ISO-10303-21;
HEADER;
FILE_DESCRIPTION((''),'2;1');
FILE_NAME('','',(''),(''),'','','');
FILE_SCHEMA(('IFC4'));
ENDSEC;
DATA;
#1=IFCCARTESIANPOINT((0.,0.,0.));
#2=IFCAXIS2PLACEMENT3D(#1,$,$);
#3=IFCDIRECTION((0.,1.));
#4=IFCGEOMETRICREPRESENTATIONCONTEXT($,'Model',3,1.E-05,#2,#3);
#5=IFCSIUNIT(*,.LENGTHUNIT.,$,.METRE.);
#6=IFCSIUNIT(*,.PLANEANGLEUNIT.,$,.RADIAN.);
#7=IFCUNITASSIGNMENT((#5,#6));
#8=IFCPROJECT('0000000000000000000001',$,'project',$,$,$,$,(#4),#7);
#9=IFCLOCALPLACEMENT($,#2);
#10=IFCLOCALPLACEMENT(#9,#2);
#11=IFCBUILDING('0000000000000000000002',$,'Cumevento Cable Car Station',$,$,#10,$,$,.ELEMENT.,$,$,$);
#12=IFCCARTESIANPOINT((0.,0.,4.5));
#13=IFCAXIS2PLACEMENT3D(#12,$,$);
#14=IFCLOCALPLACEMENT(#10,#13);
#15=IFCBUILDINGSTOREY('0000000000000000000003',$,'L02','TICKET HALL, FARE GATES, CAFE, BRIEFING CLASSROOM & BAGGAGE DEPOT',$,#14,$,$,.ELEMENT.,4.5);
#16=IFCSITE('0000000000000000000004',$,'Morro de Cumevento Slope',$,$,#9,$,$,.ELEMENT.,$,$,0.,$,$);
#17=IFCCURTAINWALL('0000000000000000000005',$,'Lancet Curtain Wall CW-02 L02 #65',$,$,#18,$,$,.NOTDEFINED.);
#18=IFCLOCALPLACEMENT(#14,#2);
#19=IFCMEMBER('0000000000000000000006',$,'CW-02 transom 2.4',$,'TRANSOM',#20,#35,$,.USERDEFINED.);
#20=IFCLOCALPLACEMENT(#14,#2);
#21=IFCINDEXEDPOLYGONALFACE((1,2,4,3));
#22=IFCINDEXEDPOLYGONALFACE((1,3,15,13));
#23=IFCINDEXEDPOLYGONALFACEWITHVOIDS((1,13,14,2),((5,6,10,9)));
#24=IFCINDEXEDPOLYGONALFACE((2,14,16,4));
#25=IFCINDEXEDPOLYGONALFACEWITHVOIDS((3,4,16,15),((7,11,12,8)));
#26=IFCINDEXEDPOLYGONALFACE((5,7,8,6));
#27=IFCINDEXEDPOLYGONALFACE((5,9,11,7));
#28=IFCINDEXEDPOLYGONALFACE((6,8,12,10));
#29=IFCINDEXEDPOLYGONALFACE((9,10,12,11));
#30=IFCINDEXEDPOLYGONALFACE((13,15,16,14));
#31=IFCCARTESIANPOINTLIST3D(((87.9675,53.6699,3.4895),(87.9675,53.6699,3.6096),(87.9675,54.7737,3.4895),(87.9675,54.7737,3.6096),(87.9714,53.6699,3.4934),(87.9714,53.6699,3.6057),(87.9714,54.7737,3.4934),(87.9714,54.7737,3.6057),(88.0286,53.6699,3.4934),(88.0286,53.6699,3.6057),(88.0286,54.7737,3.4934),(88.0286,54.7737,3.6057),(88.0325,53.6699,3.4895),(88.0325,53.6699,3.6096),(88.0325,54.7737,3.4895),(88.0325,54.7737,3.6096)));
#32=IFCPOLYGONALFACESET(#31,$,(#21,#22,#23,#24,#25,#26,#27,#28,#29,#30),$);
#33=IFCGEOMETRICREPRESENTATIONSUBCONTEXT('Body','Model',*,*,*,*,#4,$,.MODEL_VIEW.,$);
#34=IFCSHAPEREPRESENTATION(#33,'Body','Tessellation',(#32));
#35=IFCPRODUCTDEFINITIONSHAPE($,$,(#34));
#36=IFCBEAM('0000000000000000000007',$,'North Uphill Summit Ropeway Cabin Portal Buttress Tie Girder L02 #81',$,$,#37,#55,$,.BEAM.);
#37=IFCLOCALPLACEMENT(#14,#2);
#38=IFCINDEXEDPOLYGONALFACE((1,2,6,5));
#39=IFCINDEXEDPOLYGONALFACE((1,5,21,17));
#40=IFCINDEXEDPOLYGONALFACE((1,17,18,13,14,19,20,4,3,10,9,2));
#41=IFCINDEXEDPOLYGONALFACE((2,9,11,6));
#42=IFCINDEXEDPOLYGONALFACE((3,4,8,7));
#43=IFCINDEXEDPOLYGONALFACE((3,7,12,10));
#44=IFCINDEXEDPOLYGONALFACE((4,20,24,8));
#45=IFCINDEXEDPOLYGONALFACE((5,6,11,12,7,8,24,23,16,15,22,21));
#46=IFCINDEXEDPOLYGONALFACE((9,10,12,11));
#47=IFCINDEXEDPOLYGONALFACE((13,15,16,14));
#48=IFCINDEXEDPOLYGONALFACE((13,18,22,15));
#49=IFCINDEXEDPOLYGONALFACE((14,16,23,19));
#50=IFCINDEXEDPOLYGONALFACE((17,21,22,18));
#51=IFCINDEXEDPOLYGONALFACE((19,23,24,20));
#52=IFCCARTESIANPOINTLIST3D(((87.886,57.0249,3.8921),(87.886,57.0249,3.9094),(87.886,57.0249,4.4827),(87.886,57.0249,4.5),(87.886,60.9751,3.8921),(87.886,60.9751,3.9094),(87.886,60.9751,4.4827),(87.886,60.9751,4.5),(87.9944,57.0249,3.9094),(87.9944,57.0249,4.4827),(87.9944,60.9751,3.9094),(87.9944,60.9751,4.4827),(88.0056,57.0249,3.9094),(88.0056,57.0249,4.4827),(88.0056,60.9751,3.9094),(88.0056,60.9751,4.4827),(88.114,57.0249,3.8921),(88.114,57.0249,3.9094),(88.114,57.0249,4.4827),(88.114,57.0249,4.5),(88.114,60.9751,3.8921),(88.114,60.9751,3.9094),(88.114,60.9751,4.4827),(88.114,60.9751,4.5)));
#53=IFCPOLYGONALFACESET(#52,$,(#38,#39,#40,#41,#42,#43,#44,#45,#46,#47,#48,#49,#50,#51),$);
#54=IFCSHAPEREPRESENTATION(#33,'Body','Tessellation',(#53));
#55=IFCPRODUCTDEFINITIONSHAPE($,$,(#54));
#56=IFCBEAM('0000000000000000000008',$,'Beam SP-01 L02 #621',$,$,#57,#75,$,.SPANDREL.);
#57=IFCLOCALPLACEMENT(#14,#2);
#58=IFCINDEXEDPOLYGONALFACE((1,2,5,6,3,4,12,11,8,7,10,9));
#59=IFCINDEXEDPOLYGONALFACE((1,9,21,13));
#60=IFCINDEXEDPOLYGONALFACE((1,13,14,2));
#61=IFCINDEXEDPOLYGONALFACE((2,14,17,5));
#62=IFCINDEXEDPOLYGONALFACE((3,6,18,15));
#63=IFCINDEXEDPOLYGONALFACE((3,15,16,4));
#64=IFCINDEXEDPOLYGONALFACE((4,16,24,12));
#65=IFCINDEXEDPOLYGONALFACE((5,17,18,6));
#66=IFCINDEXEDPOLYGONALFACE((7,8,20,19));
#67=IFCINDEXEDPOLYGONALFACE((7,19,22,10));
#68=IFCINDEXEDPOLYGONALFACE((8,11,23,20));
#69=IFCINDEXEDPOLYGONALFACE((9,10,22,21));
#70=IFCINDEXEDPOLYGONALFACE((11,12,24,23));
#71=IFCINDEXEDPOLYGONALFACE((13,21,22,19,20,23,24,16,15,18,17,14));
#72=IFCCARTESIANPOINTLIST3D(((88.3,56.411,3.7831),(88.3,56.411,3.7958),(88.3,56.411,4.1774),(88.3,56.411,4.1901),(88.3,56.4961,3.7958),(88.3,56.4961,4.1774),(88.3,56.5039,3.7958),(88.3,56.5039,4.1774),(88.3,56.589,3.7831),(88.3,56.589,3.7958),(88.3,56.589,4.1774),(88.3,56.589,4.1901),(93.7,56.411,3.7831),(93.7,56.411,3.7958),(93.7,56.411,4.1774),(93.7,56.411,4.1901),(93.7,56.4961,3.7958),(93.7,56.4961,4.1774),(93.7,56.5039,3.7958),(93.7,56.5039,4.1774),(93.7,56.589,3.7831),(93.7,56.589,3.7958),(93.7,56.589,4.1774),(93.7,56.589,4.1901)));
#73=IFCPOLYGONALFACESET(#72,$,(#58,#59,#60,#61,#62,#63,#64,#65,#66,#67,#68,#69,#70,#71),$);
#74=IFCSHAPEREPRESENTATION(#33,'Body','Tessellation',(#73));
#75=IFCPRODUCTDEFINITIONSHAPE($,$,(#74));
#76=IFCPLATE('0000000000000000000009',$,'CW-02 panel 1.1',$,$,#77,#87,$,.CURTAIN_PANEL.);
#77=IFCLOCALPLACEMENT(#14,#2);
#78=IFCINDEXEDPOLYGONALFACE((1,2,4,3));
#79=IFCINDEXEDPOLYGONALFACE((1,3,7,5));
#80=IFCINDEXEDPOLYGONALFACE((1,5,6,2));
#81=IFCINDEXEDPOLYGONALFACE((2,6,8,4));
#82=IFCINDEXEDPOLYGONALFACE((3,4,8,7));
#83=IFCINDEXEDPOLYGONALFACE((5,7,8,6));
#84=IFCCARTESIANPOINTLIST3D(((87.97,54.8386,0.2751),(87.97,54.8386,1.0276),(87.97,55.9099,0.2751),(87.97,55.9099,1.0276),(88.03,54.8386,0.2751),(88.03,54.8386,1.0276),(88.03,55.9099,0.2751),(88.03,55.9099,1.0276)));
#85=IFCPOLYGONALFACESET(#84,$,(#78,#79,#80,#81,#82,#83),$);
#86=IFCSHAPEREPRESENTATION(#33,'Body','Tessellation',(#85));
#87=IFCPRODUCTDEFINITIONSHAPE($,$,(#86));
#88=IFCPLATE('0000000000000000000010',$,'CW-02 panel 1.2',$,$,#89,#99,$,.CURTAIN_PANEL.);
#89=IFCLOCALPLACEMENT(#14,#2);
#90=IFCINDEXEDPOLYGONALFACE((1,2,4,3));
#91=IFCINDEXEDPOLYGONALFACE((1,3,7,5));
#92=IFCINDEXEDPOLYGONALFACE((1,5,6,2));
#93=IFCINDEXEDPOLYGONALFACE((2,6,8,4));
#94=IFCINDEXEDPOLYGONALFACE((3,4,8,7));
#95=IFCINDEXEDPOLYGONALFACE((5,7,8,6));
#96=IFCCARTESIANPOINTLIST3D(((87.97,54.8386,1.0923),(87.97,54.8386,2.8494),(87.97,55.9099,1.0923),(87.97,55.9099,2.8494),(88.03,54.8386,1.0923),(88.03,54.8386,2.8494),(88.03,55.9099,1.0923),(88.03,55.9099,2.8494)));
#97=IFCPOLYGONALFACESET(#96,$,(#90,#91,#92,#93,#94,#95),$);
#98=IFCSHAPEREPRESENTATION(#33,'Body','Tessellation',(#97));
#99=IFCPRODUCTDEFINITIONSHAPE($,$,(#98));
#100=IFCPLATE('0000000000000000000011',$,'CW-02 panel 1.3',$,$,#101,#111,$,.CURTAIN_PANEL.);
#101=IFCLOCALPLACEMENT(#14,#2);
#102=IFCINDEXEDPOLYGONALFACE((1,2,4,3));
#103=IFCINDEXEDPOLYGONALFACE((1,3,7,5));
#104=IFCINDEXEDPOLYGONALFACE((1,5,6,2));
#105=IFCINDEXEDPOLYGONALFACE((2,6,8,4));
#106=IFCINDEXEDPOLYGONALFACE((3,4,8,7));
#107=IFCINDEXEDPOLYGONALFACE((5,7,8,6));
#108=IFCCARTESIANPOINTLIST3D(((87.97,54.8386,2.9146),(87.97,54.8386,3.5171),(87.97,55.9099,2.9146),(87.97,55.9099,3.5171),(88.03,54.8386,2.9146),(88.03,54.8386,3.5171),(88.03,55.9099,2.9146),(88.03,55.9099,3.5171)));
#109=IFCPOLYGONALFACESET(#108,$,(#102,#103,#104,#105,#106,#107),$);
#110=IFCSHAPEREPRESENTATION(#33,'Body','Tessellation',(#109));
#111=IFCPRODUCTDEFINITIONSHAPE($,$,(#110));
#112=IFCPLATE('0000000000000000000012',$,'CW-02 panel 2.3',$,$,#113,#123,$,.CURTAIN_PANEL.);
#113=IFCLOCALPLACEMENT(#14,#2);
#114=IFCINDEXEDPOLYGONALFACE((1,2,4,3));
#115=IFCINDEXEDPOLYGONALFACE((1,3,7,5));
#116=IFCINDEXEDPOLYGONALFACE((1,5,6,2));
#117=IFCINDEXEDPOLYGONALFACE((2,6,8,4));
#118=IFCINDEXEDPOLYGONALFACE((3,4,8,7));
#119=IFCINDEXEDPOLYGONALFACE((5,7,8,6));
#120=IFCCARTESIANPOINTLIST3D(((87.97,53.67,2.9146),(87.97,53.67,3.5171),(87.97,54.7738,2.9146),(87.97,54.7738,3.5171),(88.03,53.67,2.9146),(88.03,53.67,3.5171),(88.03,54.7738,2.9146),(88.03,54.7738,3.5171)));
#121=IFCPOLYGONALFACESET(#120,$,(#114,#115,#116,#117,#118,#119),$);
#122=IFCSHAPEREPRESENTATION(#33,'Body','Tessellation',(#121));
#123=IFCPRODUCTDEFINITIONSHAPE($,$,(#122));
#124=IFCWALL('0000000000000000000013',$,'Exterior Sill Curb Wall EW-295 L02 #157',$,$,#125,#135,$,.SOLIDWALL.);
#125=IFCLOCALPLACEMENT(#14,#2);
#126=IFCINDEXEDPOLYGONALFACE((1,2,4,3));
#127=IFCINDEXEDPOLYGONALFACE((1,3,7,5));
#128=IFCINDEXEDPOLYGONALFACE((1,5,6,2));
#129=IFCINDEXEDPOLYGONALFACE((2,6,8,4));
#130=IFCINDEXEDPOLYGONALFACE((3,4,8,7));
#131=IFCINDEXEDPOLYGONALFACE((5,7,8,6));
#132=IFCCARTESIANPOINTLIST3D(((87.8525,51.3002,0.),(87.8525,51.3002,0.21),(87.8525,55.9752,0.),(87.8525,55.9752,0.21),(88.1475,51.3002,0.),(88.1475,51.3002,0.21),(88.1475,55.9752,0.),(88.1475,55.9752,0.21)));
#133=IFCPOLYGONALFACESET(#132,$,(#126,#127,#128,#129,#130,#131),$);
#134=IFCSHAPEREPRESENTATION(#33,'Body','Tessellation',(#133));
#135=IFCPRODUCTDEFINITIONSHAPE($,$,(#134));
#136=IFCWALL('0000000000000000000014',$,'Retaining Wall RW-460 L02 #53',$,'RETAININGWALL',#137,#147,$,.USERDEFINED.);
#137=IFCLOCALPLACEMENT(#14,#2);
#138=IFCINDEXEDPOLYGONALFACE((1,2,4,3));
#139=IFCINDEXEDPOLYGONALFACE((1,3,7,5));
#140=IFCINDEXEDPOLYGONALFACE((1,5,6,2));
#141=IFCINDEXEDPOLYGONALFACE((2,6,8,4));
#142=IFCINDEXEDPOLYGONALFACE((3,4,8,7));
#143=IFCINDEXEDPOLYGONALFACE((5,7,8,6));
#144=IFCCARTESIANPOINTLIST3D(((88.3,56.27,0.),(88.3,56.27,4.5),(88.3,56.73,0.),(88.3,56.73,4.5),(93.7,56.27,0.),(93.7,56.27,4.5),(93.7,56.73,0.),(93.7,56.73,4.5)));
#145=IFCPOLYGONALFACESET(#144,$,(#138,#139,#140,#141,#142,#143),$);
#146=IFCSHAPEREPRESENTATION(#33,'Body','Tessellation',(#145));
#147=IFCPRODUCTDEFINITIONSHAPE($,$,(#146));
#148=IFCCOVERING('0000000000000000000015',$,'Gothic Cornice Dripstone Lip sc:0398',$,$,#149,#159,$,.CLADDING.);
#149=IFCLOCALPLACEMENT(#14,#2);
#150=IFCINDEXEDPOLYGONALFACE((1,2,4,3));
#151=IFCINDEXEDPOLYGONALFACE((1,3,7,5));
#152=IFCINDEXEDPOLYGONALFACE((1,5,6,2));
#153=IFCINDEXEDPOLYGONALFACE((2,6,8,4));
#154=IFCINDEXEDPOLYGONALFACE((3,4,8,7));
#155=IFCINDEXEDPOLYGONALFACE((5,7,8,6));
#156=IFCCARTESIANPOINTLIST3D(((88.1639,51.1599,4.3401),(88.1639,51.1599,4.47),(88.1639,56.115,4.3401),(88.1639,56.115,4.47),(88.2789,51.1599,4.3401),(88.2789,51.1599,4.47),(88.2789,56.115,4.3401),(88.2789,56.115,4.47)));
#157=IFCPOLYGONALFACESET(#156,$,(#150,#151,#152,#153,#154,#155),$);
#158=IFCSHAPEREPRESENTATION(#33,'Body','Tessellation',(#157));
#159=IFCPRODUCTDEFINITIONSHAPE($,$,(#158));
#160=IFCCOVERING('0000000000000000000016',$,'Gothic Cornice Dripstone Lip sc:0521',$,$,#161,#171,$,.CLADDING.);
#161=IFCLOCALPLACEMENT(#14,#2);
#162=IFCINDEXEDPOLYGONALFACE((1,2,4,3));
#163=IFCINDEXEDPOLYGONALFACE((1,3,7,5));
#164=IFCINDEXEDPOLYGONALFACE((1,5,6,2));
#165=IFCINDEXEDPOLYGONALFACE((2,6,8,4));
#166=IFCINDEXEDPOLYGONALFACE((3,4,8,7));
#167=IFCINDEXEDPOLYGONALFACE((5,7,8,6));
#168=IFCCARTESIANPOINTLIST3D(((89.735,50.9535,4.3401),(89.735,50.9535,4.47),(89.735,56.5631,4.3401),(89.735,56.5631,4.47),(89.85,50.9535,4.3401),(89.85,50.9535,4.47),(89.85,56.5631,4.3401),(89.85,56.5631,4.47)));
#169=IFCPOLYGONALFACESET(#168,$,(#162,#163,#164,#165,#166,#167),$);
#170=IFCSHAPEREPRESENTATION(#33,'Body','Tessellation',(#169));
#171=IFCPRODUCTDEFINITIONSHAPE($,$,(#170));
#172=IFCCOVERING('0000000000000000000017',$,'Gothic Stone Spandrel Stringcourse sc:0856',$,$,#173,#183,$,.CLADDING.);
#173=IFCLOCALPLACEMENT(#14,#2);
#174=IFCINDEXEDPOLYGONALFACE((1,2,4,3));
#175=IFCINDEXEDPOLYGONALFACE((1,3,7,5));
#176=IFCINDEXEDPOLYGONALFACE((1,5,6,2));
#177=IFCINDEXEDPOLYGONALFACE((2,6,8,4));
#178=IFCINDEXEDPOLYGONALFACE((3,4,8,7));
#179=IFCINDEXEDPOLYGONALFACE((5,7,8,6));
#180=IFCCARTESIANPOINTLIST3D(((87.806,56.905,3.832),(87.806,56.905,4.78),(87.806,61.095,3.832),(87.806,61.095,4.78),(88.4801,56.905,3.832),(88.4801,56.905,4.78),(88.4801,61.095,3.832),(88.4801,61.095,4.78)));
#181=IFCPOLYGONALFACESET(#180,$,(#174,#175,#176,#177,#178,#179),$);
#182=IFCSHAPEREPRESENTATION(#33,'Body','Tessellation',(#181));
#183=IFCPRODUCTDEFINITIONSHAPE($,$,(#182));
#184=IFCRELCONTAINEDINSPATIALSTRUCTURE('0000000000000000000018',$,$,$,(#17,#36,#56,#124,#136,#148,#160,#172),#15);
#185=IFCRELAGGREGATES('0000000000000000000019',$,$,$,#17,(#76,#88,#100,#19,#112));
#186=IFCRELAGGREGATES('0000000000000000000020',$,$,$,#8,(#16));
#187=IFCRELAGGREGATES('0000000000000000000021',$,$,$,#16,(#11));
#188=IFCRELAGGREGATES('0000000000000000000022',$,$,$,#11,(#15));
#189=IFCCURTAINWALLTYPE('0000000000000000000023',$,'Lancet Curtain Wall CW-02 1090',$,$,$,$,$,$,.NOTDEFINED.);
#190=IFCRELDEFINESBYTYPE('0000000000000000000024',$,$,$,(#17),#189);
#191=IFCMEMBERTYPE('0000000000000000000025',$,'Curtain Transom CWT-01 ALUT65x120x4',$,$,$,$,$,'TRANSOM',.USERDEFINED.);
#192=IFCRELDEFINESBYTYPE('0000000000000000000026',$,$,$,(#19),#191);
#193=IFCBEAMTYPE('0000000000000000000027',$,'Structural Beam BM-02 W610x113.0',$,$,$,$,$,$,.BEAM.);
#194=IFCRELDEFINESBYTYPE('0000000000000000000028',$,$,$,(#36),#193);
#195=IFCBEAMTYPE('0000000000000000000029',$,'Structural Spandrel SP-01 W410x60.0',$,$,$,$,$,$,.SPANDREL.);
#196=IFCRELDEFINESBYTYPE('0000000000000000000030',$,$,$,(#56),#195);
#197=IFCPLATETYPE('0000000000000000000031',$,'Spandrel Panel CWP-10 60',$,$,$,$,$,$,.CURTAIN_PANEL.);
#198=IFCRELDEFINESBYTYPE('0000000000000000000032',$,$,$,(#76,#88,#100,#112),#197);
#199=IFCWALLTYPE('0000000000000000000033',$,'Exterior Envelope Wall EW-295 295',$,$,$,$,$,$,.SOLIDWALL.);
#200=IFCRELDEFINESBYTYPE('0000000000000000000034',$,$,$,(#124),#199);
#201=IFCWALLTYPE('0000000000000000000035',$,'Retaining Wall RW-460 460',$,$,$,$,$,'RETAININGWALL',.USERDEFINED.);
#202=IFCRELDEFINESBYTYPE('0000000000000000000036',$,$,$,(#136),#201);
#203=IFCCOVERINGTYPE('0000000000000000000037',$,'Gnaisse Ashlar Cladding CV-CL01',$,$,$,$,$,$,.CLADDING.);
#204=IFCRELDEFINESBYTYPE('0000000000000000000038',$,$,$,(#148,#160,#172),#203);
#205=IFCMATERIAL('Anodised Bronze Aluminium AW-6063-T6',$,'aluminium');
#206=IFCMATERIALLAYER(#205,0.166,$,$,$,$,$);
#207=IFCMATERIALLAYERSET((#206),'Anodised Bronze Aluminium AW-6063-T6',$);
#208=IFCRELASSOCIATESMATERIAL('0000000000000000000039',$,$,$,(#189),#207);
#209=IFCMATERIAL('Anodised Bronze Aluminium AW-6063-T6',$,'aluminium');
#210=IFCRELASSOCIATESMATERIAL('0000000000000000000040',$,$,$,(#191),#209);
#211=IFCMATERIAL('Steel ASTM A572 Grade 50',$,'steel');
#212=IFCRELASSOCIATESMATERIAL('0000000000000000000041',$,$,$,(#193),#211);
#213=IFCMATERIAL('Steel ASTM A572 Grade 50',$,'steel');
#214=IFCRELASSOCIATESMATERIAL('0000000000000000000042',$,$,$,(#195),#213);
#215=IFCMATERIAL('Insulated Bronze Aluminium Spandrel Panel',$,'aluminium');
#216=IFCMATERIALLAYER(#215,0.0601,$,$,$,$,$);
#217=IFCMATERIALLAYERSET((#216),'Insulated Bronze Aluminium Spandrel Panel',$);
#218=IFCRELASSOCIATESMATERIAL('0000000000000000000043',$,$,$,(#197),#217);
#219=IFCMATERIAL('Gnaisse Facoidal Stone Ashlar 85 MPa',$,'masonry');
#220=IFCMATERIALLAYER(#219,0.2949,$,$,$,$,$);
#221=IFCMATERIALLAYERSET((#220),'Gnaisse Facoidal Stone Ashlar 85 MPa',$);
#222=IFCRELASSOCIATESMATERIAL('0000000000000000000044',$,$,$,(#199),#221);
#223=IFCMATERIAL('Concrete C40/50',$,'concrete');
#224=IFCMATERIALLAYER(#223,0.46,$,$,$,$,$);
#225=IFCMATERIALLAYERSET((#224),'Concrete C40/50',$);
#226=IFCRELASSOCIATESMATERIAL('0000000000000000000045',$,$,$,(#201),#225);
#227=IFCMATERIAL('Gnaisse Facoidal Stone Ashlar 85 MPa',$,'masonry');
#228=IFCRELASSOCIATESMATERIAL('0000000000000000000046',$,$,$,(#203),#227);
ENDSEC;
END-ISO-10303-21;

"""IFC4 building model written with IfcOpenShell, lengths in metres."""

from ifc_helpers import new_model, si_unit, direction, frame, frame_2d, origin, origin_2d, place, context, subcontext, project, spatial, rectangle, hollow_rectangle, i_section, extrude, material, layer, layer_set, material_profile, profile_set, type_object, element, aggregate, save


model = new_model("IFC4")

# Units and contexts
model_context = context("Model", 3, precision=1e-05, world=origin(), true_north=direction((0.0, 1.0)))
body_context = subcontext(model_context, "Body", "Model", "MODEL_VIEW")
ifc_project = project(units=[si_unit("LENGTHUNIT", "METRE"), si_unit("PLANEANGLEUNIT", "RADIAN")], contexts=[model_context])

# Site, building, storey
site_placement = place(None, origin())
site = spatial("IfcSite", under=ifc_project, at=site_placement, Name="Morro de Cumevento Slope", CompositionType="ELEMENT", RefElevation=0.0)
building_placement = place(site_placement, origin())
building = spatial("IfcBuilding", under=site, at=building_placement, Name="Cumevento Cable Car Station", CompositionType="ELEMENT")
storey_placement = place(building_placement, frame((0.0, 0.0, 4.5)))
storey = spatial("IfcBuildingStorey", under=building, at=storey_placement, Name="L02", Description="TICKET HALL, FARE GATES, CAFE, BRIEFING CLASSROOM & BAGGAGE DEPOT", CompositionType="ELEMENT", Elevation=4.5)

# Curtain wall, member
ifc_material_1 = material(Name="Anodised Bronze Aluminium AW-6063-T6", Category="aluminium")
ifc_layer_1 = layer(ifc_material_1, 0.166)
ifc_layer_set_1 = layer_set([ifc_layer_1], Name="Anodised Bronze Aluminium AW-6063-T6")
curtain_wall_type = type_object("IfcCurtainWallType", Name="Lancet Curtain Wall CW-02 1090", PredefinedType="NOTDEFINED", material=ifc_layer_set_1)
curtain_wall_placement = place(storey_placement, origin())
curtain_wall = element("IfcCurtainWall", 1, at=curtain_wall_placement, inside=storey, type_object=curtain_wall_type, Name="Lancet Curtain Wall CW-02 L02 #65", PredefinedType="NOTDEFINED")
ifc_material_2 = material(Name="Anodised Bronze Aluminium AW-6063-T6", Category="aluminium")
ifc_material_profile_1 = material_profile(ifc_material_2, hollow_rectangle(XDim=0.0649, YDim=0.1201, WallThickness=0.0039, at=origin_2d()), Name="ALUT65x120x4")
ifc_profile_set_1 = profile_set([ifc_material_profile_1], Name="Anodised Bronze Aluminium AW-6063-T6")
member_type_1 = type_object("IfcMemberType", Name="Curtain Transom CWT-01 ALUT65x120x4", ElementType="TRANSOM", PredefinedType="USERDEFINED", material=ifc_profile_set_1)
member_1_placement = place(storey_placement, frame((88.0, 54.7737, 3.5496), z_axis=(0.0, -1.0, 0.0), x_axis=(1.0, 0.0, 0.0)))
member_1 = element("IfcMember", 2, at=member_1_placement, type_object=member_type_1, Name="CW-02 transom 2.4", ObjectType="TRANSOM", PredefinedType="USERDEFINED", context=body_context, shape_type="SweptSolid", body=[
    extrude(hollow_rectangle(XDim=0.0649, YDim=0.1201, WallThickness=0.0039, at=origin_2d()), origin(), (0.0, 0.0, 1.0), 1.1038),
])

# Beams
ifc_material_3 = material(Name="Steel ASTM A572 Grade 50", Category="steel")
ifc_material_profile_2 = material_profile(ifc_material_3, i_section(OverallWidth=0.228, OverallDepth=0.6079, WebThickness=0.0112, FlangeThickness=0.0173, at=origin_2d()), Name="W610x113.0")
ifc_profile_set_2 = profile_set([ifc_material_profile_2], Name="Steel ASTM A572 Grade 50")
beam_type_1 = type_object("IfcBeamType", Name="Structural Beam BM-02 W610x113.0", PredefinedType="BEAM", material=ifc_profile_set_2)
beam_1_placement = place(storey_placement, frame((88.0, 57.0249, 4.196), z_axis=(0.0, 1.0, 0.0), x_axis=(-1.0, 0.0, 0.0)))
element("IfcBeam", 3, at=beam_1_placement, inside=storey, type_object=beam_type_1, Name="North Uphill Summit Ropeway Cabin Portal Buttress Tie Girder L02 #81", PredefinedType="BEAM", context=body_context, shape_type="SweptSolid", body=[
    extrude(i_section(OverallWidth=0.228, OverallDepth=0.6079, WebThickness=0.0112, FlangeThickness=0.0173, at=origin_2d()), origin(), (0.0, 0.0, 1.0), 3.9502),
])
ifc_material_4 = material(Name="Steel ASTM A572 Grade 50", Category="steel")
ifc_material_profile_3 = material_profile(ifc_material_4, i_section(OverallWidth=0.178, OverallDepth=0.407, WebThickness=0.0078, FlangeThickness=0.0127, at=origin_2d()), Name="W410x60.0")
ifc_profile_set_3 = profile_set([ifc_material_profile_3], Name="Steel ASTM A572 Grade 50")
beam_type_2 = type_object("IfcBeamType", Name="Structural Spandrel SP-01 W410x60.0", PredefinedType="SPANDREL", material=ifc_profile_set_3)
beam_2_placement = place(storey_placement, frame((88.3, 56.5, 3.9866), z_axis=(1.0, 0.0, 0.0), x_axis=(0.0, 1.0, 0.0)))
element("IfcBeam", 4, at=beam_2_placement, inside=storey, type_object=beam_type_2, Name="Beam SP-01 L02 #621", PredefinedType="SPANDREL", context=body_context, shape_type="SweptSolid", body=[
    extrude(i_section(OverallWidth=0.178, OverallDepth=0.407, WebThickness=0.0078, FlangeThickness=0.0127, at=origin_2d()), origin(), (0.0, 0.0, 1.0), 5.3999),
])

# Plates
ifc_material_5 = material(Name="Insulated Bronze Aluminium Spandrel Panel", Category="aluminium")
ifc_layer_2 = layer(ifc_material_5, 0.0601)
ifc_layer_set_2 = layer_set([ifc_layer_2], Name="Insulated Bronze Aluminium Spandrel Panel")
plate_type = type_object("IfcPlateType", Name="Spandrel Panel CWP-10 60", PredefinedType="CURTAIN_PANEL", material=ifc_layer_set_2)
plate_1_placement = place(storey_placement, frame((88.0, 55.3743, 0.2751), z_axis=(0.0, 0.0, 1.0), x_axis=(0.0, -1.0, 0.0)))
plate_1 = element("IfcPlate", 5, at=plate_1_placement, type_object=plate_type, Name="CW-02 panel 1.1", PredefinedType="CURTAIN_PANEL", context=body_context, shape_type="SweptSolid", body=[
    extrude(rectangle(XDim=1.0713, YDim=0.0601, at=origin_2d()), origin(), (0.0, 0.0, 1.0), 0.7524),
])
plate_2_placement = place(storey_placement, frame((88.0, 55.3743, 1.0923), z_axis=(0.0, 0.0, 1.0), x_axis=(0.0, -1.0, 0.0)))
plate_2 = element("IfcPlate", 6, at=plate_2_placement, type_object=plate_type, Name="CW-02 panel 1.2", PredefinedType="CURTAIN_PANEL", context=body_context, shape_type="SweptSolid", body=[
    extrude(rectangle(XDim=1.0713, YDim=0.0601, at=origin_2d()), origin(), (0.0, 0.0, 1.0), 1.7571),
])
plate_3_placement = place(storey_placement, frame((88.0, 55.3743, 2.9146), z_axis=(0.0, 0.0, 1.0), x_axis=(0.0, -1.0, 0.0)))
plate_3 = element("IfcPlate", 7, at=plate_3_placement, type_object=plate_type, Name="CW-02 panel 1.3", PredefinedType="CURTAIN_PANEL", context=body_context, shape_type="SweptSolid", body=[
    extrude(rectangle(XDim=1.0713, YDim=0.0601, at=origin_2d()), origin(), (0.0, 0.0, 1.0), 0.6025),
])
plate_4_placement = place(storey_placement, frame((88.0, 54.2219, 2.9146), z_axis=(0.0, 0.0, 1.0), x_axis=(0.0, -1.0, 0.0)))
plate_4 = element("IfcPlate", 8, at=plate_4_placement, type_object=plate_type, Name="CW-02 panel 2.3", PredefinedType="CURTAIN_PANEL", context=body_context, shape_type="SweptSolid", body=[
    extrude(rectangle(XDim=1.1038, YDim=0.0601, at=origin_2d()), origin(), (0.0, 0.0, 1.0), 0.6025),
])
aggregate(curtain_wall, [plate_1, plate_2, plate_3, member_1, plate_4])

# Walls
ifc_material_6 = material(Name="Gnaisse Facoidal Stone Ashlar 85 MPa", Category="masonry")
ifc_layer_3 = layer(ifc_material_6, 0.2949)
ifc_layer_set_3 = layer_set([ifc_layer_3], Name="Gnaisse Facoidal Stone Ashlar 85 MPa")
wall_type_1 = type_object("IfcWallType", Name="Exterior Envelope Wall EW-295 295", PredefinedType="SOLIDWALL", material=ifc_layer_set_3)
wall_1_placement = place(storey_placement, frame((88.0, 55.9751, 0.0), z_axis=(0.0, 0.0, 1.0), x_axis=(0.0, -1.0, 0.0)))
element("IfcWall", 9, at=wall_1_placement, inside=storey, type_object=wall_type_1, Name="Exterior Sill Curb Wall EW-295 L02 #157", PredefinedType="SOLIDWALL", context=body_context, shape_type="SweptSolid", body=[
    extrude(rectangle(XDim=4.675, YDim=0.2949, at=frame_2d((2.3374, 0.0))), origin(), (0.0, 0.0, 1.0), 0.21),
])
ifc_material_7 = material(Name="Concrete C40/50", Category="concrete")
ifc_layer_4 = layer(ifc_material_7, 0.46)
ifc_layer_set_4 = layer_set([ifc_layer_4], Name="Concrete C40/50")
wall_type_2 = type_object("IfcWallType", Name="Retaining Wall RW-460 460", ElementType="RETAININGWALL", PredefinedType="USERDEFINED", material=ifc_layer_set_4)
wall_2_placement = place(storey_placement, frame((88.3, 56.5, 0.0), z_axis=(0.0, 0.0, 1.0), x_axis=(1.0, 0.0, 0.0)))
element("IfcWall", 10, at=wall_2_placement, inside=storey, type_object=wall_type_2, Name="Retaining Wall RW-460 L02 #53", ObjectType="RETAININGWALL", PredefinedType="USERDEFINED", context=body_context, shape_type="SweptSolid", body=[
    extrude(rectangle(XDim=5.3999, YDim=0.46, at=frame_2d((2.7, 0.0))), origin(), (0.0, 0.0, 1.0), 4.5),
])

# Coverings
ifc_material_8 = material(Name="Gnaisse Facoidal Stone Ashlar 85 MPa", Category="masonry")
covering_type = type_object("IfcCoveringType", Name="Gnaisse Ashlar Cladding CV-CL01", PredefinedType="CLADDING", material=ifc_material_8)
covering_1_placement = place(storey_placement, frame((88.2214, 53.6375, 4.3401), z_axis=(0.0, 0.0, 1.0), x_axis=(0.0, -1.0, 0.0)))
element("IfcCovering", 11, at=covering_1_placement, inside=storey, type_object=covering_type, Name="Gothic Cornice Dripstone Lip sc:0398", PredefinedType="CLADDING", context=body_context, shape_type="SweptSolid", body=[
    extrude(rectangle(XDim=4.9551, YDim=0.115, at=origin_2d()), origin(), (0.0, 0.0, 1.0), 0.1299),
])
covering_2_placement = place(storey_placement, frame((89.7925, 53.7583, 4.3401), z_axis=(0.0, 0.0, 1.0), x_axis=(0.0, 1.0, 0.0)))
element("IfcCovering", 12, at=covering_2_placement, inside=storey, type_object=covering_type, Name="Gothic Cornice Dripstone Lip sc:0521", PredefinedType="CLADDING", context=body_context, shape_type="SweptSolid", body=[
    extrude(rectangle(XDim=5.6096, YDim=0.115, at=origin_2d()), origin(), (0.0, 0.0, 1.0), 0.1299),
])
covering_3_placement = place(storey_placement, frame((88.1431, 59.0, 3.832), z_axis=(0.0, 0.0, 1.0), x_axis=(0.0, 1.0, 0.0)))
element("IfcCovering", 13, at=covering_3_placement, inside=storey, type_object=covering_type, Name="Gothic Stone Spandrel Stringcourse sc:0856", PredefinedType="CLADDING", context=body_context, shape_type="SweptSolid", body=[
    extrude(rectangle(XDim=4.1899, YDim=0.6741, at=origin_2d()), origin(), (0.0, 0.0, 1.0), 0.948),
])

save(model, "model.ifc")
